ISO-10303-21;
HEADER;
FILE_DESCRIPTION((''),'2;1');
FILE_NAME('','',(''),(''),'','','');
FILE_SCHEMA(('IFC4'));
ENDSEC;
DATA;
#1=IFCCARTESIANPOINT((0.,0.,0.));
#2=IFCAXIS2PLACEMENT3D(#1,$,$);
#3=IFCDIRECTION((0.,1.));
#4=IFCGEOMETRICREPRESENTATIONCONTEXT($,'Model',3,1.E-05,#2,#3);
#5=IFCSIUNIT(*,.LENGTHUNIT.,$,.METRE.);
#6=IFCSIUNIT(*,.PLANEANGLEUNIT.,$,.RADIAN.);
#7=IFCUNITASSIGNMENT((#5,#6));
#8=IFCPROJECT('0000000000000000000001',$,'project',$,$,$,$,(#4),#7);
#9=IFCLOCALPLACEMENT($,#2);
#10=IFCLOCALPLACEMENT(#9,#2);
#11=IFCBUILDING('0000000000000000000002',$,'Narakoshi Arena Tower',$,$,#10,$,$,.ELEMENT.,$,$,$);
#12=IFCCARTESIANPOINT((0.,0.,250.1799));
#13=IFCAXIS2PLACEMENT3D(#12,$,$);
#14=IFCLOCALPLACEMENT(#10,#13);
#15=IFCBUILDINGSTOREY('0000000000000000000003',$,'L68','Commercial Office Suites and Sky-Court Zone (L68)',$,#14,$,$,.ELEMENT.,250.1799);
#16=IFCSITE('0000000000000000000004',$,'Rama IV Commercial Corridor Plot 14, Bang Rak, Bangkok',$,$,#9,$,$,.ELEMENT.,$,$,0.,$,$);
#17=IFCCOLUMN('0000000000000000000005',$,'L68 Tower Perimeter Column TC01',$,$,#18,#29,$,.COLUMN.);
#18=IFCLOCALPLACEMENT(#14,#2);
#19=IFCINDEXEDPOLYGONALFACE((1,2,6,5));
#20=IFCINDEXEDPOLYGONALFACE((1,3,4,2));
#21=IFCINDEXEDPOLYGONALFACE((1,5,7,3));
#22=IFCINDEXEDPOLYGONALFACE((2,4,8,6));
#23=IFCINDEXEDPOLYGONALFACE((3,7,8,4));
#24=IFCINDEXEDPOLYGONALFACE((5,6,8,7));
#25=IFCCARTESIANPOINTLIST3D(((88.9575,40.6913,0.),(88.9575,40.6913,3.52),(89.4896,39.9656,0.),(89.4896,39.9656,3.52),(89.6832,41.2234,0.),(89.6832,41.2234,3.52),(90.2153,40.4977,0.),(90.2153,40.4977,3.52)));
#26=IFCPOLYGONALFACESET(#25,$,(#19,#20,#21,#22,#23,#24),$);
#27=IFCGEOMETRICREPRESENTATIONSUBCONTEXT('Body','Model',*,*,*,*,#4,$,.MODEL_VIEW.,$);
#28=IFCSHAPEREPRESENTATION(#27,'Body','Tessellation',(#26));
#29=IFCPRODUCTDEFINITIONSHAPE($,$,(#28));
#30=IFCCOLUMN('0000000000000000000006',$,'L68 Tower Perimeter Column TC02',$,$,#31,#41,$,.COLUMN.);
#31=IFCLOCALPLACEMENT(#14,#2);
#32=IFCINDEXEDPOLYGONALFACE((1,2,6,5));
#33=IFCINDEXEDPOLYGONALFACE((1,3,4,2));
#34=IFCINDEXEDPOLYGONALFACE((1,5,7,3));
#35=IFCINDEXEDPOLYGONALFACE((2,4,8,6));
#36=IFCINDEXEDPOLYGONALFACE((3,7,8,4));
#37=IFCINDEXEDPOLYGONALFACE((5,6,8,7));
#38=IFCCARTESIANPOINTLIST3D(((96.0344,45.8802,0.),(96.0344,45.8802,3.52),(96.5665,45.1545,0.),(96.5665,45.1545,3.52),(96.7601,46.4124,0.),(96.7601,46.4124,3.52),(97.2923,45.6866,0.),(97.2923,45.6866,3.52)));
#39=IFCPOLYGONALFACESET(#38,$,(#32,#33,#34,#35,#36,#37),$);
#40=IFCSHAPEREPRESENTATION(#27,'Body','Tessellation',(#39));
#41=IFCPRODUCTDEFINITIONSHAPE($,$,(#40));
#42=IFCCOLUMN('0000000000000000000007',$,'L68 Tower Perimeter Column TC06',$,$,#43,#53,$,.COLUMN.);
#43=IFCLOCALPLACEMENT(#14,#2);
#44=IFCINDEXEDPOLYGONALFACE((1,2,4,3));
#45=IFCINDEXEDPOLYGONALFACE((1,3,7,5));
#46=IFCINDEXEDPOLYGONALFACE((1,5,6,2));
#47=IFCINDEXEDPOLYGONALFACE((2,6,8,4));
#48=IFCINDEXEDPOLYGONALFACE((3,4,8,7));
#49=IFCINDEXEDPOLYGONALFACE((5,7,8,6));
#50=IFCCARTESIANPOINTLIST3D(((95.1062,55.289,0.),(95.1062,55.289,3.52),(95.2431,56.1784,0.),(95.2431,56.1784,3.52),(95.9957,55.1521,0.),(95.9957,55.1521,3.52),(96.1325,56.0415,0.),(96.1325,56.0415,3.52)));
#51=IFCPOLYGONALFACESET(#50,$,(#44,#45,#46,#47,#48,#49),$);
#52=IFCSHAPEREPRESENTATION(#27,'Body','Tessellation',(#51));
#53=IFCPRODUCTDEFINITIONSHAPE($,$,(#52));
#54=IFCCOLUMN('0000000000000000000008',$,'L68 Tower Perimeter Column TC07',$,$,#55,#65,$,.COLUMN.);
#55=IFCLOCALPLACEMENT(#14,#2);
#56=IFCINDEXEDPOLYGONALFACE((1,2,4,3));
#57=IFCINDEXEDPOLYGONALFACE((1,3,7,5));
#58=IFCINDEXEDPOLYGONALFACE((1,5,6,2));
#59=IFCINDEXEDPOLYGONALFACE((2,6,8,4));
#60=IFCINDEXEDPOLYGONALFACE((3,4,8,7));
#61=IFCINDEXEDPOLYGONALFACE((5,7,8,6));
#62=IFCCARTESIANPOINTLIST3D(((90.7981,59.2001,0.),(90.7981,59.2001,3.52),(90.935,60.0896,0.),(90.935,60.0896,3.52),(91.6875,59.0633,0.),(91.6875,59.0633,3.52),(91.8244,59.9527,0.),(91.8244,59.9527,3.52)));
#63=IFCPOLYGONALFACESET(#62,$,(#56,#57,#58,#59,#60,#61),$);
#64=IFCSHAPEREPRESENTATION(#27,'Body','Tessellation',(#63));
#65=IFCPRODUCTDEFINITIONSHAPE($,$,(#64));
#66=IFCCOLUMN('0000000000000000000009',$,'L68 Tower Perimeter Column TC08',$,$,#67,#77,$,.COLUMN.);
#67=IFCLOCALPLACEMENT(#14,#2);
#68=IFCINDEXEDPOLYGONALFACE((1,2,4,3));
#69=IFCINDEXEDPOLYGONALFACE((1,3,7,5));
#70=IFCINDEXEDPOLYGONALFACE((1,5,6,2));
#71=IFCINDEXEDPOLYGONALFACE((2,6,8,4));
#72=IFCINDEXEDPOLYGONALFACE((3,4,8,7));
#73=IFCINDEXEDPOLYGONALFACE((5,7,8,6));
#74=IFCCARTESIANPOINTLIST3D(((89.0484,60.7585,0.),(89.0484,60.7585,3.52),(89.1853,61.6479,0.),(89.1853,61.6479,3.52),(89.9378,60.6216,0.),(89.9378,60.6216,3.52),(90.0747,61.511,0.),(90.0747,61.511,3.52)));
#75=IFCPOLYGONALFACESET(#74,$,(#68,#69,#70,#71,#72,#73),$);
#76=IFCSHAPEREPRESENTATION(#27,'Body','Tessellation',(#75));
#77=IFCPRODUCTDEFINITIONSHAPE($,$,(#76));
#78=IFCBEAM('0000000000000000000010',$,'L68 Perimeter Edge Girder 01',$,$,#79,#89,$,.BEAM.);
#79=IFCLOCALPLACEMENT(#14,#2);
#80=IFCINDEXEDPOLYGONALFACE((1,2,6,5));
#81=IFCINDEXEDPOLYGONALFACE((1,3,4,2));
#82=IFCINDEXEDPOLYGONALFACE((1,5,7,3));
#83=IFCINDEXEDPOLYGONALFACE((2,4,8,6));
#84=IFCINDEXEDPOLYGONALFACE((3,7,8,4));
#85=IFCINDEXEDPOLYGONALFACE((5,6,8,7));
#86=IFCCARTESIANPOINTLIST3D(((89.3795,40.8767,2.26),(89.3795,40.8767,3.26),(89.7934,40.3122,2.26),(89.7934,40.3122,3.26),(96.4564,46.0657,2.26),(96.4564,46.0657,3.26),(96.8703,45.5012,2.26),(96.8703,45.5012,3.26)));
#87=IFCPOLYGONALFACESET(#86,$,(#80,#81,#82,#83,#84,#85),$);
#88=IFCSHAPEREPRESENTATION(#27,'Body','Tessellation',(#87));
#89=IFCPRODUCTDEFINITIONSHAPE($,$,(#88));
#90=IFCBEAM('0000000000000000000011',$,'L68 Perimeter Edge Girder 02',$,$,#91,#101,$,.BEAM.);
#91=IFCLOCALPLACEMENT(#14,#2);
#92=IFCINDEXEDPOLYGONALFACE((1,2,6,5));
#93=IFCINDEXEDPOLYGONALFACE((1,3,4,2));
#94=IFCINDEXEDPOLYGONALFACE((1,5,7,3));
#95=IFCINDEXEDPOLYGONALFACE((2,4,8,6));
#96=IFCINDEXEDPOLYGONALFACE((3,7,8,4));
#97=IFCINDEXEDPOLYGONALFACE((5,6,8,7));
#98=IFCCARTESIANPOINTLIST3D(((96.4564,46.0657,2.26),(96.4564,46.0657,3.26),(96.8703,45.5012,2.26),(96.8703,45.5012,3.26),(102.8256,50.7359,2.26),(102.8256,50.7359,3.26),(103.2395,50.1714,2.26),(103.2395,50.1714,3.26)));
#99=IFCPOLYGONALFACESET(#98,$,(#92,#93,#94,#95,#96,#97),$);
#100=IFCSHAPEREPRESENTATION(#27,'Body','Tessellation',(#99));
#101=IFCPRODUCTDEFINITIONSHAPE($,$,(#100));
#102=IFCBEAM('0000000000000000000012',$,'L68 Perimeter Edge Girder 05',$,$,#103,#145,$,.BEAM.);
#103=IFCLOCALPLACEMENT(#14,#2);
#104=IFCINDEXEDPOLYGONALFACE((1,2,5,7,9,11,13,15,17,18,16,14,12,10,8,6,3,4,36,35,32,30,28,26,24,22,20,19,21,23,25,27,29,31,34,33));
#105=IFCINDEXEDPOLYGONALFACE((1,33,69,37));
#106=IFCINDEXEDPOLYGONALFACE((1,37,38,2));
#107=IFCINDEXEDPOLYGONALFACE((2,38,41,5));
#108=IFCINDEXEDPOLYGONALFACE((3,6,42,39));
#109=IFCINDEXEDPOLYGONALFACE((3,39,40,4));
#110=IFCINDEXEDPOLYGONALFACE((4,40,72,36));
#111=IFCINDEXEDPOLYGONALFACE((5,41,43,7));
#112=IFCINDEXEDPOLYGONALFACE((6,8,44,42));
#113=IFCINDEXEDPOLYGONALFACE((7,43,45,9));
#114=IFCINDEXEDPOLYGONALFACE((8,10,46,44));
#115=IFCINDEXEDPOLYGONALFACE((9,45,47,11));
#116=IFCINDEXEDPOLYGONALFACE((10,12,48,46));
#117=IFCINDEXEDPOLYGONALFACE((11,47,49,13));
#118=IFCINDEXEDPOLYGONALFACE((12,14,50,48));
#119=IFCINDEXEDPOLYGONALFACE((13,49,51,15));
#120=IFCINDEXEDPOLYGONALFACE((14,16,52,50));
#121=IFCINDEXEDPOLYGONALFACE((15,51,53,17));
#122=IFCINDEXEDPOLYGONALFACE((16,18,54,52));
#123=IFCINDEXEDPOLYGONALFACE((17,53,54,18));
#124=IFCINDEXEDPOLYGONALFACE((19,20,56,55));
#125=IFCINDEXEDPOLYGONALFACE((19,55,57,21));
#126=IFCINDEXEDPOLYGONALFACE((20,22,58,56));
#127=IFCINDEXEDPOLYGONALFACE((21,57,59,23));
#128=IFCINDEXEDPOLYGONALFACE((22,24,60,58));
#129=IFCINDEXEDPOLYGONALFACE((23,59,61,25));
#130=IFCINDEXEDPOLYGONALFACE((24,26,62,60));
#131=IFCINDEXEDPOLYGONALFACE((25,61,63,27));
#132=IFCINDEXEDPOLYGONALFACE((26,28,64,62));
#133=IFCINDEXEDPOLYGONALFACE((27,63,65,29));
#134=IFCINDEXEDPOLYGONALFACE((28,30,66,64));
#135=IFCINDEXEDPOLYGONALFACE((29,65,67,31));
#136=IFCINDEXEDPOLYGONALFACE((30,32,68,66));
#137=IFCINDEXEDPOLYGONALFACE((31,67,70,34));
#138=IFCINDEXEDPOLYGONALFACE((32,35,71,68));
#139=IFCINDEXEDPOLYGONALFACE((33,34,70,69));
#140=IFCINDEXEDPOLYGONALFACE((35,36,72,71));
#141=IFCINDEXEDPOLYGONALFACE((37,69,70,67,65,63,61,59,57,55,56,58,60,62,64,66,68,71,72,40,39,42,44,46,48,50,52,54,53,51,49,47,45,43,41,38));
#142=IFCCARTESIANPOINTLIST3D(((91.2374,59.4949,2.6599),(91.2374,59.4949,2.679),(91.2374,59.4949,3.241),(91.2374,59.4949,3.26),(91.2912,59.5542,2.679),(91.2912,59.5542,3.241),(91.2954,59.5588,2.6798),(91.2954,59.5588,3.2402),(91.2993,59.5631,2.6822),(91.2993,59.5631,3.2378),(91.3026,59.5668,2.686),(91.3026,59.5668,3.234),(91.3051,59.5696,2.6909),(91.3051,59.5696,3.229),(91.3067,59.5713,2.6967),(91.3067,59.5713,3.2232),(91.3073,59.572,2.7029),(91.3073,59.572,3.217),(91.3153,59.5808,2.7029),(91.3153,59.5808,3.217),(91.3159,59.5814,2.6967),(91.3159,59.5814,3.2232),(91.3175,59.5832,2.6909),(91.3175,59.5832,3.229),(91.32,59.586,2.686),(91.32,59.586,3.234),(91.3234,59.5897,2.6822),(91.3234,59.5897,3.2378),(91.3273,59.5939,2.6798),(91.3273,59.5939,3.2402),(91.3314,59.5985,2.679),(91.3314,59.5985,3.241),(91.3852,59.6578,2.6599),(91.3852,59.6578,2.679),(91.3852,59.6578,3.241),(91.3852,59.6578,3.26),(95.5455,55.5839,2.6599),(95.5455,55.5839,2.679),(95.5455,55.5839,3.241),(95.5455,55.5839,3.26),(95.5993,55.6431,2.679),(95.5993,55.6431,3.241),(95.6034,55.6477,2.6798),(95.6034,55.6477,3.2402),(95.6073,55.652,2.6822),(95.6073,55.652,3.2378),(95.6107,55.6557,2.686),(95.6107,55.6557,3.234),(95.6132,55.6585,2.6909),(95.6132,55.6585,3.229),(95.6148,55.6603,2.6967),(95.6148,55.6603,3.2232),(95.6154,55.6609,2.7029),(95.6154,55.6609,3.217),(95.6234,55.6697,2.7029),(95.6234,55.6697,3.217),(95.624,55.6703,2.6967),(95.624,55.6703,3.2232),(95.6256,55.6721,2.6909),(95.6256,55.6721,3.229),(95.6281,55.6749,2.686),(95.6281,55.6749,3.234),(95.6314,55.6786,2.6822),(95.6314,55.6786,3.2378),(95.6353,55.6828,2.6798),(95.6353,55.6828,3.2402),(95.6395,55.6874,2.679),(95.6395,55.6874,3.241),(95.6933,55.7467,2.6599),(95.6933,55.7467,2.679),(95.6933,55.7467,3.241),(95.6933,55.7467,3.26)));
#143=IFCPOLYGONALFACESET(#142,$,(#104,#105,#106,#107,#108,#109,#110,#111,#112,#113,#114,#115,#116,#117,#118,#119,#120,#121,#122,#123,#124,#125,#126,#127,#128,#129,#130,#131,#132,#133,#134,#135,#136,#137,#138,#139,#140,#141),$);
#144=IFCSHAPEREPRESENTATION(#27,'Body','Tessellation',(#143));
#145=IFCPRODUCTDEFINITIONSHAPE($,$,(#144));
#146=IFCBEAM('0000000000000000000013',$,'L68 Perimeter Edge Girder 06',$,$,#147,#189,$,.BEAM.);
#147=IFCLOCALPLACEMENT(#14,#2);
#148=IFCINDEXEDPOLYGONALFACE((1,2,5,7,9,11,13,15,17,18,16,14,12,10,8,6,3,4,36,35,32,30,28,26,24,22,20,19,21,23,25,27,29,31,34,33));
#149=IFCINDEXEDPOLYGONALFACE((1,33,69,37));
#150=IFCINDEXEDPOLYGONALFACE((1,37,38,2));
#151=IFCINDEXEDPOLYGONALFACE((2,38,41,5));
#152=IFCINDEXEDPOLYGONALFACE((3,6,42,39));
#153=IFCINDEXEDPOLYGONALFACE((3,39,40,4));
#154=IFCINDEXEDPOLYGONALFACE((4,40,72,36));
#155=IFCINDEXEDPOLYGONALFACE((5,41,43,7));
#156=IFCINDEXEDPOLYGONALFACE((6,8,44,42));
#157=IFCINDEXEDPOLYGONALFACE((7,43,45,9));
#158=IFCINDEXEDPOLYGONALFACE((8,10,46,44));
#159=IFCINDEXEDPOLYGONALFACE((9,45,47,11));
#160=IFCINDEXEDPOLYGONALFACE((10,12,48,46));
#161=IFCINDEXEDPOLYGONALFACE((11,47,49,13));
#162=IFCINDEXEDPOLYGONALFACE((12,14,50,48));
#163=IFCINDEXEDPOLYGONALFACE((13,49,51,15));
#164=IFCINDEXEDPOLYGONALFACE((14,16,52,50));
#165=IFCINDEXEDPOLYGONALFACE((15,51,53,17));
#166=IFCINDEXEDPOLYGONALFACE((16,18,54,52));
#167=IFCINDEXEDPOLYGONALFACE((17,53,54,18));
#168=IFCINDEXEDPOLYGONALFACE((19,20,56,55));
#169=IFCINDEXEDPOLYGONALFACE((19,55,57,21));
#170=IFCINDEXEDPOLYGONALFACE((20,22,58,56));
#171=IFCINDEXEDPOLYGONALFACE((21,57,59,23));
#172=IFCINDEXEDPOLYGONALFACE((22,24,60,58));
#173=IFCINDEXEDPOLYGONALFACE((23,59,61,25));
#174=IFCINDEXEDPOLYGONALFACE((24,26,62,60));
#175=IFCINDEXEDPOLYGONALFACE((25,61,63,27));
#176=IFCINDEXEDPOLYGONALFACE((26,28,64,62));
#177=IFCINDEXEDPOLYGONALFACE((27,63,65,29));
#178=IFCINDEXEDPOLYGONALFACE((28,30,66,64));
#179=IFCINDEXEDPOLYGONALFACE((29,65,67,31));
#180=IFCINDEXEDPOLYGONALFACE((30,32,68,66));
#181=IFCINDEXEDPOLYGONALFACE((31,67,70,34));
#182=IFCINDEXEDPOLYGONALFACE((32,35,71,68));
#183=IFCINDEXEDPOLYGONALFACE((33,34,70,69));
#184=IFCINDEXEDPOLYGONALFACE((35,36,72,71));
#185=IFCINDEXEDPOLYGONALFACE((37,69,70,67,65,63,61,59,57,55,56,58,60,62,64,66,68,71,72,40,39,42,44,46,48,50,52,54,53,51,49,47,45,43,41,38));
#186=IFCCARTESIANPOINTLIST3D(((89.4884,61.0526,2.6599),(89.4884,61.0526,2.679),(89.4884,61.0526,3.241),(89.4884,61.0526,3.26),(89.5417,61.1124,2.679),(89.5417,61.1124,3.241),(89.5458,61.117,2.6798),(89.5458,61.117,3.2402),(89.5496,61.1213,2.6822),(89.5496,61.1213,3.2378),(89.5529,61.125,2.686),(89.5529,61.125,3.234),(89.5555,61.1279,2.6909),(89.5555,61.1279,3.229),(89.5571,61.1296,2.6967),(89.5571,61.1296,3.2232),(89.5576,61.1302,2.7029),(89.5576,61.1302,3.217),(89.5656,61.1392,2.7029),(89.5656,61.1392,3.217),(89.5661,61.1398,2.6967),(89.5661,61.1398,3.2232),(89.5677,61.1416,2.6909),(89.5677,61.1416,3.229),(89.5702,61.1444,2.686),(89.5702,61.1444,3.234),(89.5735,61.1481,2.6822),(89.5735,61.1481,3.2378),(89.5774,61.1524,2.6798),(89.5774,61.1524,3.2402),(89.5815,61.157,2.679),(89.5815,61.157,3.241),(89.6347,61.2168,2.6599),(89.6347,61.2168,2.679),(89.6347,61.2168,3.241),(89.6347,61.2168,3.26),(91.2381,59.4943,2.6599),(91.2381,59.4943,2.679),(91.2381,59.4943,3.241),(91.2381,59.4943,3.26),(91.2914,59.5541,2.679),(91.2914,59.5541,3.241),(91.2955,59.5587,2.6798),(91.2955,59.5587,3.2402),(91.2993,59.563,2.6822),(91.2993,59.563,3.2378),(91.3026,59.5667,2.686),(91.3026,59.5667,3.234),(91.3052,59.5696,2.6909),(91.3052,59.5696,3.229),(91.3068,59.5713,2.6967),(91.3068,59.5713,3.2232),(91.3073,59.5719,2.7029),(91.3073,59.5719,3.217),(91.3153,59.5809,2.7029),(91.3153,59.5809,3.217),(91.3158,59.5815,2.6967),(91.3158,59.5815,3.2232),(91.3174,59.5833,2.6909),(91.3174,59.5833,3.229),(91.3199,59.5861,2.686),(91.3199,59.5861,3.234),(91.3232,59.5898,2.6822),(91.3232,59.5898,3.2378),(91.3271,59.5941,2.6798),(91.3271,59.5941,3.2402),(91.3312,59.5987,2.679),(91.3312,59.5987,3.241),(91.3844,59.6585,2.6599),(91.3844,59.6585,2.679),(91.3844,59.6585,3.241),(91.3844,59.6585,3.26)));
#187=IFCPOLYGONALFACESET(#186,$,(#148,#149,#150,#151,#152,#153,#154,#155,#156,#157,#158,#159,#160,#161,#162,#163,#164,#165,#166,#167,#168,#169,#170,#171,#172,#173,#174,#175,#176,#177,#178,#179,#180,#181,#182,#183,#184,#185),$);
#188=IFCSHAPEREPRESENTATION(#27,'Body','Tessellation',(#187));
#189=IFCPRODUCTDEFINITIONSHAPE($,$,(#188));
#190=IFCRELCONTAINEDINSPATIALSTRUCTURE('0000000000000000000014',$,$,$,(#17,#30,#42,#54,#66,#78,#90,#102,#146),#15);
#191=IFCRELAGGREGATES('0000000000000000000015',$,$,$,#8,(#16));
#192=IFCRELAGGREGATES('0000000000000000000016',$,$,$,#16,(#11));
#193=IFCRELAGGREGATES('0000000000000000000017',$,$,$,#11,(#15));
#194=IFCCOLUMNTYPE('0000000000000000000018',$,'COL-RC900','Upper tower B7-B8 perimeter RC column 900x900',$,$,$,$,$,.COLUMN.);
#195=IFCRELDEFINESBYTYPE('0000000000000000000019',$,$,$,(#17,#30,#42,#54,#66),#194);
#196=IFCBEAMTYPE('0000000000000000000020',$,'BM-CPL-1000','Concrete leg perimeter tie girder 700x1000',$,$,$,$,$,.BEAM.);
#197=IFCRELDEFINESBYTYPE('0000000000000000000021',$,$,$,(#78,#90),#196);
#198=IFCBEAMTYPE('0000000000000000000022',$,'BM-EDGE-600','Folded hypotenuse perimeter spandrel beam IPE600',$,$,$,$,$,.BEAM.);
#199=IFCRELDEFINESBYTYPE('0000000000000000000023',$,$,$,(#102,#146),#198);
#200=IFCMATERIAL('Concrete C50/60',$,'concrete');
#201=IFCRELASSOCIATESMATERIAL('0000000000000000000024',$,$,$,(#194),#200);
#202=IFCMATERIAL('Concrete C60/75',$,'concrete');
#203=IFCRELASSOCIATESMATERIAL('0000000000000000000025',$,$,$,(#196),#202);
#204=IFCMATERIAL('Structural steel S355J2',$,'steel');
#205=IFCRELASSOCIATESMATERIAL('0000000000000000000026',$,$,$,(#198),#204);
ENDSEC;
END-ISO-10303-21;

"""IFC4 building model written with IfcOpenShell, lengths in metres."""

from ifc_helpers import new_model, si_unit, direction, frame, origin, origin_2d, place, context, subcontext, project, spatial, rectangle, i_section, extrude, material, material_profile, profile_set, type_object, element, save


model = new_model("IFC4")

# Units and contexts
model_context = context("Model", 3, precision=1e-05, world=origin(), true_north=direction((0.0, 1.0)))
body_context = subcontext(model_context, "Body", "Model", "MODEL_VIEW")
ifc_project = project(units=[si_unit("LENGTHUNIT", "METRE"), si_unit("PLANEANGLEUNIT", "RADIAN")], contexts=[model_context])

# Site, building, storey
site_placement = place(None, origin())
site = spatial("IfcSite", under=ifc_project, at=site_placement, Name="Rama IV Commercial Corridor Plot 14, Bang Rak, Bangkok", CompositionType="ELEMENT", RefElevation=0.0)
building_placement = place(site_placement, origin())
building = spatial("IfcBuilding", under=site, at=building_placement, Name="Narakoshi Arena Tower", CompositionType="ELEMENT")
storey_placement = place(building_placement, frame((0.0, 0.0, 250.1799)))
storey = spatial("IfcBuildingStorey", under=building, at=storey_placement, Name="L68", Description="Commercial Office Suites and Sky-Court Zone (L68)", CompositionType="ELEMENT", Elevation=250.1799)

# Columns
ifc_material_1 = material(Name="Concrete C50/60", Category="concrete")
ifc_material_profile_1 = material_profile(ifc_material_1, rectangle(XDim=0.8999, YDim=0.8999, at=origin_2d()), Name="RC900x900")
ifc_profile_set_1 = profile_set([ifc_material_profile_1], Name="Concrete C50/60")
column_type = type_object("IfcColumnType", Name="COL-RC900", Description="Upper tower B7-B8 perimeter RC column 900x900", PredefinedType="COLUMN", material=ifc_profile_set_1)
for number, where, z_axis, x_axis, name in (
    (1, (89.5864, 40.5945, 0.0), (0.0, 0.0, 1.0), (0.806445, 0.59131, 0.0), "L68 Tower Perimeter Column TC01"),
    (2, (96.6633, 45.7834, 0.0), (0.0, 0.0, 1.0), (0.806445, 0.59131, 0.0), "L68 Tower Perimeter Column TC02"),
    (3, (95.6194, 55.6653, 0.0), (0.0, 0.0, 1.0), (0.152123, 0.988362, 0.0), "L68 Tower Perimeter Column TC06"),
    (4, (91.3113, 59.5764, 0.0), (0.0, 0.0, 1.0), (0.152123, 0.988362, 0.0), "L68 Tower Perimeter Column TC07"),
    (5, (89.5615, 61.1348, 0.0), (0.0, 0.0, 1.0), (0.152123, 0.988362, 0.0), "L68 Tower Perimeter Column TC08"),
):
    element("IfcColumn", number, at=place(storey_placement, frame(where, z_axis=z_axis, x_axis=x_axis)), inside=storey, type_object=column_type, Name=name, PredefinedType="COLUMN", context=body_context, shape_type="SweptSolid", body=[
        extrude(rectangle(XDim=0.8999, YDim=0.8999, at=origin_2d()), origin(), (0.0, 0.0, 1.0), 3.52),
    ])

# Beams
ifc_material_2 = material(Name="Concrete C60/75", Category="concrete")
ifc_material_profile_2 = material_profile(ifc_material_2, rectangle(XDim=0.7, YDim=1.0, at=origin_2d()), Name="RCB700x1000")
ifc_profile_set_2 = profile_set([ifc_material_profile_2], Name="Concrete C60/75")
beam_type_1 = type_object("IfcBeamType", Name="BM-CPL-1000", Description="Concrete leg perimeter tie girder 700x1000", PredefinedType="BEAM", material=ifc_profile_set_2)
beam_1_placement = place(storey_placement, frame((89.5864, 40.5945, 2.76), z_axis=(0.806447, 0.591307, 0.0), x_axis=(-0.591307, 0.806447, 0.0)))
element("IfcBeam", 6, at=beam_1_placement, inside=storey, type_object=beam_type_1, Name="L68 Perimeter Edge Girder 01", PredefinedType="BEAM", context=body_context, shape_type="SweptSolid", body=[
    extrude(rectangle(XDim=0.7, YDim=1.0, at=origin_2d()), origin(), (0.0, 0.0, 1.0), 8.7754),
])
beam_2_placement = place(storey_placement, frame((96.6633, 45.7834, 2.76), z_axis=(0.806437, 0.591319, 0.0), x_axis=(-0.591319, 0.806437, 0.0)))
element("IfcBeam", 7, at=beam_2_placement, inside=storey, type_object=beam_type_1, Name="L68 Perimeter Edge Girder 02", PredefinedType="BEAM", context=body_context, shape_type="SweptSolid", body=[
    extrude(rectangle(XDim=0.7, YDim=1.0, at=origin_2d()), origin(), (0.0, 0.0, 1.0), 7.8979),
])
ifc_material_3 = material(Name="Structural steel S355J2", Category="steel")
ifc_material_profile_3 = material_profile(ifc_material_3, i_section(OverallWidth=0.22, OverallDepth=0.6001, WebThickness=0.012, FlangeThickness=0.019, FilletRadius=0.0239, at=origin_2d()), Name="IPE600")
ifc_profile_set_3 = profile_set([ifc_material_profile_3], Name="Structural steel S355J2")
beam_type_2 = type_object("IfcBeamType", Name="BM-EDGE-600", Description="Folded hypotenuse perimeter spandrel beam IPE600", PredefinedType="BEAM", material=ifc_profile_set_3)
beam_3_placement = place(storey_placement, frame((95.6194, 55.6653, 2.96), z_axis=(-0.740396, 0.672171, 0.0), x_axis=(-0.672171, -0.740396, 0.0)))
element("IfcBeam", 8, at=beam_3_placement, inside=storey, type_object=beam_type_2, Name="L68 Perimeter Edge Girder 05", PredefinedType="BEAM", context=body_context, shape_type="SweptSolid", body=[
    extrude(i_section(OverallWidth=0.22, OverallDepth=0.6001, WebThickness=0.012, FlangeThickness=0.019, FilletRadius=0.0239, at=origin_2d()), origin(), (0.0, 0.0, 1.0), 5.8186),
])
beam_4_placement = place(storey_placement, frame((91.3113, 59.5764, 2.96), z_axis=(-0.746771, 0.665081, 0.0), x_axis=(-0.665081, -0.746771, 0.0)))
element("IfcBeam", 9, at=beam_4_placement, inside=storey, type_object=beam_type_2, Name="L68 Perimeter Edge Girder 06", PredefinedType="BEAM", context=body_context, shape_type="SweptSolid", body=[
    extrude(i_section(OverallWidth=0.22, OverallDepth=0.6001, WebThickness=0.012, FlangeThickness=0.019, FilletRadius=0.0239, at=origin_2d()), origin(), (0.0, 0.0, 1.0), 2.343),
])

save(model, "model.ifc")
